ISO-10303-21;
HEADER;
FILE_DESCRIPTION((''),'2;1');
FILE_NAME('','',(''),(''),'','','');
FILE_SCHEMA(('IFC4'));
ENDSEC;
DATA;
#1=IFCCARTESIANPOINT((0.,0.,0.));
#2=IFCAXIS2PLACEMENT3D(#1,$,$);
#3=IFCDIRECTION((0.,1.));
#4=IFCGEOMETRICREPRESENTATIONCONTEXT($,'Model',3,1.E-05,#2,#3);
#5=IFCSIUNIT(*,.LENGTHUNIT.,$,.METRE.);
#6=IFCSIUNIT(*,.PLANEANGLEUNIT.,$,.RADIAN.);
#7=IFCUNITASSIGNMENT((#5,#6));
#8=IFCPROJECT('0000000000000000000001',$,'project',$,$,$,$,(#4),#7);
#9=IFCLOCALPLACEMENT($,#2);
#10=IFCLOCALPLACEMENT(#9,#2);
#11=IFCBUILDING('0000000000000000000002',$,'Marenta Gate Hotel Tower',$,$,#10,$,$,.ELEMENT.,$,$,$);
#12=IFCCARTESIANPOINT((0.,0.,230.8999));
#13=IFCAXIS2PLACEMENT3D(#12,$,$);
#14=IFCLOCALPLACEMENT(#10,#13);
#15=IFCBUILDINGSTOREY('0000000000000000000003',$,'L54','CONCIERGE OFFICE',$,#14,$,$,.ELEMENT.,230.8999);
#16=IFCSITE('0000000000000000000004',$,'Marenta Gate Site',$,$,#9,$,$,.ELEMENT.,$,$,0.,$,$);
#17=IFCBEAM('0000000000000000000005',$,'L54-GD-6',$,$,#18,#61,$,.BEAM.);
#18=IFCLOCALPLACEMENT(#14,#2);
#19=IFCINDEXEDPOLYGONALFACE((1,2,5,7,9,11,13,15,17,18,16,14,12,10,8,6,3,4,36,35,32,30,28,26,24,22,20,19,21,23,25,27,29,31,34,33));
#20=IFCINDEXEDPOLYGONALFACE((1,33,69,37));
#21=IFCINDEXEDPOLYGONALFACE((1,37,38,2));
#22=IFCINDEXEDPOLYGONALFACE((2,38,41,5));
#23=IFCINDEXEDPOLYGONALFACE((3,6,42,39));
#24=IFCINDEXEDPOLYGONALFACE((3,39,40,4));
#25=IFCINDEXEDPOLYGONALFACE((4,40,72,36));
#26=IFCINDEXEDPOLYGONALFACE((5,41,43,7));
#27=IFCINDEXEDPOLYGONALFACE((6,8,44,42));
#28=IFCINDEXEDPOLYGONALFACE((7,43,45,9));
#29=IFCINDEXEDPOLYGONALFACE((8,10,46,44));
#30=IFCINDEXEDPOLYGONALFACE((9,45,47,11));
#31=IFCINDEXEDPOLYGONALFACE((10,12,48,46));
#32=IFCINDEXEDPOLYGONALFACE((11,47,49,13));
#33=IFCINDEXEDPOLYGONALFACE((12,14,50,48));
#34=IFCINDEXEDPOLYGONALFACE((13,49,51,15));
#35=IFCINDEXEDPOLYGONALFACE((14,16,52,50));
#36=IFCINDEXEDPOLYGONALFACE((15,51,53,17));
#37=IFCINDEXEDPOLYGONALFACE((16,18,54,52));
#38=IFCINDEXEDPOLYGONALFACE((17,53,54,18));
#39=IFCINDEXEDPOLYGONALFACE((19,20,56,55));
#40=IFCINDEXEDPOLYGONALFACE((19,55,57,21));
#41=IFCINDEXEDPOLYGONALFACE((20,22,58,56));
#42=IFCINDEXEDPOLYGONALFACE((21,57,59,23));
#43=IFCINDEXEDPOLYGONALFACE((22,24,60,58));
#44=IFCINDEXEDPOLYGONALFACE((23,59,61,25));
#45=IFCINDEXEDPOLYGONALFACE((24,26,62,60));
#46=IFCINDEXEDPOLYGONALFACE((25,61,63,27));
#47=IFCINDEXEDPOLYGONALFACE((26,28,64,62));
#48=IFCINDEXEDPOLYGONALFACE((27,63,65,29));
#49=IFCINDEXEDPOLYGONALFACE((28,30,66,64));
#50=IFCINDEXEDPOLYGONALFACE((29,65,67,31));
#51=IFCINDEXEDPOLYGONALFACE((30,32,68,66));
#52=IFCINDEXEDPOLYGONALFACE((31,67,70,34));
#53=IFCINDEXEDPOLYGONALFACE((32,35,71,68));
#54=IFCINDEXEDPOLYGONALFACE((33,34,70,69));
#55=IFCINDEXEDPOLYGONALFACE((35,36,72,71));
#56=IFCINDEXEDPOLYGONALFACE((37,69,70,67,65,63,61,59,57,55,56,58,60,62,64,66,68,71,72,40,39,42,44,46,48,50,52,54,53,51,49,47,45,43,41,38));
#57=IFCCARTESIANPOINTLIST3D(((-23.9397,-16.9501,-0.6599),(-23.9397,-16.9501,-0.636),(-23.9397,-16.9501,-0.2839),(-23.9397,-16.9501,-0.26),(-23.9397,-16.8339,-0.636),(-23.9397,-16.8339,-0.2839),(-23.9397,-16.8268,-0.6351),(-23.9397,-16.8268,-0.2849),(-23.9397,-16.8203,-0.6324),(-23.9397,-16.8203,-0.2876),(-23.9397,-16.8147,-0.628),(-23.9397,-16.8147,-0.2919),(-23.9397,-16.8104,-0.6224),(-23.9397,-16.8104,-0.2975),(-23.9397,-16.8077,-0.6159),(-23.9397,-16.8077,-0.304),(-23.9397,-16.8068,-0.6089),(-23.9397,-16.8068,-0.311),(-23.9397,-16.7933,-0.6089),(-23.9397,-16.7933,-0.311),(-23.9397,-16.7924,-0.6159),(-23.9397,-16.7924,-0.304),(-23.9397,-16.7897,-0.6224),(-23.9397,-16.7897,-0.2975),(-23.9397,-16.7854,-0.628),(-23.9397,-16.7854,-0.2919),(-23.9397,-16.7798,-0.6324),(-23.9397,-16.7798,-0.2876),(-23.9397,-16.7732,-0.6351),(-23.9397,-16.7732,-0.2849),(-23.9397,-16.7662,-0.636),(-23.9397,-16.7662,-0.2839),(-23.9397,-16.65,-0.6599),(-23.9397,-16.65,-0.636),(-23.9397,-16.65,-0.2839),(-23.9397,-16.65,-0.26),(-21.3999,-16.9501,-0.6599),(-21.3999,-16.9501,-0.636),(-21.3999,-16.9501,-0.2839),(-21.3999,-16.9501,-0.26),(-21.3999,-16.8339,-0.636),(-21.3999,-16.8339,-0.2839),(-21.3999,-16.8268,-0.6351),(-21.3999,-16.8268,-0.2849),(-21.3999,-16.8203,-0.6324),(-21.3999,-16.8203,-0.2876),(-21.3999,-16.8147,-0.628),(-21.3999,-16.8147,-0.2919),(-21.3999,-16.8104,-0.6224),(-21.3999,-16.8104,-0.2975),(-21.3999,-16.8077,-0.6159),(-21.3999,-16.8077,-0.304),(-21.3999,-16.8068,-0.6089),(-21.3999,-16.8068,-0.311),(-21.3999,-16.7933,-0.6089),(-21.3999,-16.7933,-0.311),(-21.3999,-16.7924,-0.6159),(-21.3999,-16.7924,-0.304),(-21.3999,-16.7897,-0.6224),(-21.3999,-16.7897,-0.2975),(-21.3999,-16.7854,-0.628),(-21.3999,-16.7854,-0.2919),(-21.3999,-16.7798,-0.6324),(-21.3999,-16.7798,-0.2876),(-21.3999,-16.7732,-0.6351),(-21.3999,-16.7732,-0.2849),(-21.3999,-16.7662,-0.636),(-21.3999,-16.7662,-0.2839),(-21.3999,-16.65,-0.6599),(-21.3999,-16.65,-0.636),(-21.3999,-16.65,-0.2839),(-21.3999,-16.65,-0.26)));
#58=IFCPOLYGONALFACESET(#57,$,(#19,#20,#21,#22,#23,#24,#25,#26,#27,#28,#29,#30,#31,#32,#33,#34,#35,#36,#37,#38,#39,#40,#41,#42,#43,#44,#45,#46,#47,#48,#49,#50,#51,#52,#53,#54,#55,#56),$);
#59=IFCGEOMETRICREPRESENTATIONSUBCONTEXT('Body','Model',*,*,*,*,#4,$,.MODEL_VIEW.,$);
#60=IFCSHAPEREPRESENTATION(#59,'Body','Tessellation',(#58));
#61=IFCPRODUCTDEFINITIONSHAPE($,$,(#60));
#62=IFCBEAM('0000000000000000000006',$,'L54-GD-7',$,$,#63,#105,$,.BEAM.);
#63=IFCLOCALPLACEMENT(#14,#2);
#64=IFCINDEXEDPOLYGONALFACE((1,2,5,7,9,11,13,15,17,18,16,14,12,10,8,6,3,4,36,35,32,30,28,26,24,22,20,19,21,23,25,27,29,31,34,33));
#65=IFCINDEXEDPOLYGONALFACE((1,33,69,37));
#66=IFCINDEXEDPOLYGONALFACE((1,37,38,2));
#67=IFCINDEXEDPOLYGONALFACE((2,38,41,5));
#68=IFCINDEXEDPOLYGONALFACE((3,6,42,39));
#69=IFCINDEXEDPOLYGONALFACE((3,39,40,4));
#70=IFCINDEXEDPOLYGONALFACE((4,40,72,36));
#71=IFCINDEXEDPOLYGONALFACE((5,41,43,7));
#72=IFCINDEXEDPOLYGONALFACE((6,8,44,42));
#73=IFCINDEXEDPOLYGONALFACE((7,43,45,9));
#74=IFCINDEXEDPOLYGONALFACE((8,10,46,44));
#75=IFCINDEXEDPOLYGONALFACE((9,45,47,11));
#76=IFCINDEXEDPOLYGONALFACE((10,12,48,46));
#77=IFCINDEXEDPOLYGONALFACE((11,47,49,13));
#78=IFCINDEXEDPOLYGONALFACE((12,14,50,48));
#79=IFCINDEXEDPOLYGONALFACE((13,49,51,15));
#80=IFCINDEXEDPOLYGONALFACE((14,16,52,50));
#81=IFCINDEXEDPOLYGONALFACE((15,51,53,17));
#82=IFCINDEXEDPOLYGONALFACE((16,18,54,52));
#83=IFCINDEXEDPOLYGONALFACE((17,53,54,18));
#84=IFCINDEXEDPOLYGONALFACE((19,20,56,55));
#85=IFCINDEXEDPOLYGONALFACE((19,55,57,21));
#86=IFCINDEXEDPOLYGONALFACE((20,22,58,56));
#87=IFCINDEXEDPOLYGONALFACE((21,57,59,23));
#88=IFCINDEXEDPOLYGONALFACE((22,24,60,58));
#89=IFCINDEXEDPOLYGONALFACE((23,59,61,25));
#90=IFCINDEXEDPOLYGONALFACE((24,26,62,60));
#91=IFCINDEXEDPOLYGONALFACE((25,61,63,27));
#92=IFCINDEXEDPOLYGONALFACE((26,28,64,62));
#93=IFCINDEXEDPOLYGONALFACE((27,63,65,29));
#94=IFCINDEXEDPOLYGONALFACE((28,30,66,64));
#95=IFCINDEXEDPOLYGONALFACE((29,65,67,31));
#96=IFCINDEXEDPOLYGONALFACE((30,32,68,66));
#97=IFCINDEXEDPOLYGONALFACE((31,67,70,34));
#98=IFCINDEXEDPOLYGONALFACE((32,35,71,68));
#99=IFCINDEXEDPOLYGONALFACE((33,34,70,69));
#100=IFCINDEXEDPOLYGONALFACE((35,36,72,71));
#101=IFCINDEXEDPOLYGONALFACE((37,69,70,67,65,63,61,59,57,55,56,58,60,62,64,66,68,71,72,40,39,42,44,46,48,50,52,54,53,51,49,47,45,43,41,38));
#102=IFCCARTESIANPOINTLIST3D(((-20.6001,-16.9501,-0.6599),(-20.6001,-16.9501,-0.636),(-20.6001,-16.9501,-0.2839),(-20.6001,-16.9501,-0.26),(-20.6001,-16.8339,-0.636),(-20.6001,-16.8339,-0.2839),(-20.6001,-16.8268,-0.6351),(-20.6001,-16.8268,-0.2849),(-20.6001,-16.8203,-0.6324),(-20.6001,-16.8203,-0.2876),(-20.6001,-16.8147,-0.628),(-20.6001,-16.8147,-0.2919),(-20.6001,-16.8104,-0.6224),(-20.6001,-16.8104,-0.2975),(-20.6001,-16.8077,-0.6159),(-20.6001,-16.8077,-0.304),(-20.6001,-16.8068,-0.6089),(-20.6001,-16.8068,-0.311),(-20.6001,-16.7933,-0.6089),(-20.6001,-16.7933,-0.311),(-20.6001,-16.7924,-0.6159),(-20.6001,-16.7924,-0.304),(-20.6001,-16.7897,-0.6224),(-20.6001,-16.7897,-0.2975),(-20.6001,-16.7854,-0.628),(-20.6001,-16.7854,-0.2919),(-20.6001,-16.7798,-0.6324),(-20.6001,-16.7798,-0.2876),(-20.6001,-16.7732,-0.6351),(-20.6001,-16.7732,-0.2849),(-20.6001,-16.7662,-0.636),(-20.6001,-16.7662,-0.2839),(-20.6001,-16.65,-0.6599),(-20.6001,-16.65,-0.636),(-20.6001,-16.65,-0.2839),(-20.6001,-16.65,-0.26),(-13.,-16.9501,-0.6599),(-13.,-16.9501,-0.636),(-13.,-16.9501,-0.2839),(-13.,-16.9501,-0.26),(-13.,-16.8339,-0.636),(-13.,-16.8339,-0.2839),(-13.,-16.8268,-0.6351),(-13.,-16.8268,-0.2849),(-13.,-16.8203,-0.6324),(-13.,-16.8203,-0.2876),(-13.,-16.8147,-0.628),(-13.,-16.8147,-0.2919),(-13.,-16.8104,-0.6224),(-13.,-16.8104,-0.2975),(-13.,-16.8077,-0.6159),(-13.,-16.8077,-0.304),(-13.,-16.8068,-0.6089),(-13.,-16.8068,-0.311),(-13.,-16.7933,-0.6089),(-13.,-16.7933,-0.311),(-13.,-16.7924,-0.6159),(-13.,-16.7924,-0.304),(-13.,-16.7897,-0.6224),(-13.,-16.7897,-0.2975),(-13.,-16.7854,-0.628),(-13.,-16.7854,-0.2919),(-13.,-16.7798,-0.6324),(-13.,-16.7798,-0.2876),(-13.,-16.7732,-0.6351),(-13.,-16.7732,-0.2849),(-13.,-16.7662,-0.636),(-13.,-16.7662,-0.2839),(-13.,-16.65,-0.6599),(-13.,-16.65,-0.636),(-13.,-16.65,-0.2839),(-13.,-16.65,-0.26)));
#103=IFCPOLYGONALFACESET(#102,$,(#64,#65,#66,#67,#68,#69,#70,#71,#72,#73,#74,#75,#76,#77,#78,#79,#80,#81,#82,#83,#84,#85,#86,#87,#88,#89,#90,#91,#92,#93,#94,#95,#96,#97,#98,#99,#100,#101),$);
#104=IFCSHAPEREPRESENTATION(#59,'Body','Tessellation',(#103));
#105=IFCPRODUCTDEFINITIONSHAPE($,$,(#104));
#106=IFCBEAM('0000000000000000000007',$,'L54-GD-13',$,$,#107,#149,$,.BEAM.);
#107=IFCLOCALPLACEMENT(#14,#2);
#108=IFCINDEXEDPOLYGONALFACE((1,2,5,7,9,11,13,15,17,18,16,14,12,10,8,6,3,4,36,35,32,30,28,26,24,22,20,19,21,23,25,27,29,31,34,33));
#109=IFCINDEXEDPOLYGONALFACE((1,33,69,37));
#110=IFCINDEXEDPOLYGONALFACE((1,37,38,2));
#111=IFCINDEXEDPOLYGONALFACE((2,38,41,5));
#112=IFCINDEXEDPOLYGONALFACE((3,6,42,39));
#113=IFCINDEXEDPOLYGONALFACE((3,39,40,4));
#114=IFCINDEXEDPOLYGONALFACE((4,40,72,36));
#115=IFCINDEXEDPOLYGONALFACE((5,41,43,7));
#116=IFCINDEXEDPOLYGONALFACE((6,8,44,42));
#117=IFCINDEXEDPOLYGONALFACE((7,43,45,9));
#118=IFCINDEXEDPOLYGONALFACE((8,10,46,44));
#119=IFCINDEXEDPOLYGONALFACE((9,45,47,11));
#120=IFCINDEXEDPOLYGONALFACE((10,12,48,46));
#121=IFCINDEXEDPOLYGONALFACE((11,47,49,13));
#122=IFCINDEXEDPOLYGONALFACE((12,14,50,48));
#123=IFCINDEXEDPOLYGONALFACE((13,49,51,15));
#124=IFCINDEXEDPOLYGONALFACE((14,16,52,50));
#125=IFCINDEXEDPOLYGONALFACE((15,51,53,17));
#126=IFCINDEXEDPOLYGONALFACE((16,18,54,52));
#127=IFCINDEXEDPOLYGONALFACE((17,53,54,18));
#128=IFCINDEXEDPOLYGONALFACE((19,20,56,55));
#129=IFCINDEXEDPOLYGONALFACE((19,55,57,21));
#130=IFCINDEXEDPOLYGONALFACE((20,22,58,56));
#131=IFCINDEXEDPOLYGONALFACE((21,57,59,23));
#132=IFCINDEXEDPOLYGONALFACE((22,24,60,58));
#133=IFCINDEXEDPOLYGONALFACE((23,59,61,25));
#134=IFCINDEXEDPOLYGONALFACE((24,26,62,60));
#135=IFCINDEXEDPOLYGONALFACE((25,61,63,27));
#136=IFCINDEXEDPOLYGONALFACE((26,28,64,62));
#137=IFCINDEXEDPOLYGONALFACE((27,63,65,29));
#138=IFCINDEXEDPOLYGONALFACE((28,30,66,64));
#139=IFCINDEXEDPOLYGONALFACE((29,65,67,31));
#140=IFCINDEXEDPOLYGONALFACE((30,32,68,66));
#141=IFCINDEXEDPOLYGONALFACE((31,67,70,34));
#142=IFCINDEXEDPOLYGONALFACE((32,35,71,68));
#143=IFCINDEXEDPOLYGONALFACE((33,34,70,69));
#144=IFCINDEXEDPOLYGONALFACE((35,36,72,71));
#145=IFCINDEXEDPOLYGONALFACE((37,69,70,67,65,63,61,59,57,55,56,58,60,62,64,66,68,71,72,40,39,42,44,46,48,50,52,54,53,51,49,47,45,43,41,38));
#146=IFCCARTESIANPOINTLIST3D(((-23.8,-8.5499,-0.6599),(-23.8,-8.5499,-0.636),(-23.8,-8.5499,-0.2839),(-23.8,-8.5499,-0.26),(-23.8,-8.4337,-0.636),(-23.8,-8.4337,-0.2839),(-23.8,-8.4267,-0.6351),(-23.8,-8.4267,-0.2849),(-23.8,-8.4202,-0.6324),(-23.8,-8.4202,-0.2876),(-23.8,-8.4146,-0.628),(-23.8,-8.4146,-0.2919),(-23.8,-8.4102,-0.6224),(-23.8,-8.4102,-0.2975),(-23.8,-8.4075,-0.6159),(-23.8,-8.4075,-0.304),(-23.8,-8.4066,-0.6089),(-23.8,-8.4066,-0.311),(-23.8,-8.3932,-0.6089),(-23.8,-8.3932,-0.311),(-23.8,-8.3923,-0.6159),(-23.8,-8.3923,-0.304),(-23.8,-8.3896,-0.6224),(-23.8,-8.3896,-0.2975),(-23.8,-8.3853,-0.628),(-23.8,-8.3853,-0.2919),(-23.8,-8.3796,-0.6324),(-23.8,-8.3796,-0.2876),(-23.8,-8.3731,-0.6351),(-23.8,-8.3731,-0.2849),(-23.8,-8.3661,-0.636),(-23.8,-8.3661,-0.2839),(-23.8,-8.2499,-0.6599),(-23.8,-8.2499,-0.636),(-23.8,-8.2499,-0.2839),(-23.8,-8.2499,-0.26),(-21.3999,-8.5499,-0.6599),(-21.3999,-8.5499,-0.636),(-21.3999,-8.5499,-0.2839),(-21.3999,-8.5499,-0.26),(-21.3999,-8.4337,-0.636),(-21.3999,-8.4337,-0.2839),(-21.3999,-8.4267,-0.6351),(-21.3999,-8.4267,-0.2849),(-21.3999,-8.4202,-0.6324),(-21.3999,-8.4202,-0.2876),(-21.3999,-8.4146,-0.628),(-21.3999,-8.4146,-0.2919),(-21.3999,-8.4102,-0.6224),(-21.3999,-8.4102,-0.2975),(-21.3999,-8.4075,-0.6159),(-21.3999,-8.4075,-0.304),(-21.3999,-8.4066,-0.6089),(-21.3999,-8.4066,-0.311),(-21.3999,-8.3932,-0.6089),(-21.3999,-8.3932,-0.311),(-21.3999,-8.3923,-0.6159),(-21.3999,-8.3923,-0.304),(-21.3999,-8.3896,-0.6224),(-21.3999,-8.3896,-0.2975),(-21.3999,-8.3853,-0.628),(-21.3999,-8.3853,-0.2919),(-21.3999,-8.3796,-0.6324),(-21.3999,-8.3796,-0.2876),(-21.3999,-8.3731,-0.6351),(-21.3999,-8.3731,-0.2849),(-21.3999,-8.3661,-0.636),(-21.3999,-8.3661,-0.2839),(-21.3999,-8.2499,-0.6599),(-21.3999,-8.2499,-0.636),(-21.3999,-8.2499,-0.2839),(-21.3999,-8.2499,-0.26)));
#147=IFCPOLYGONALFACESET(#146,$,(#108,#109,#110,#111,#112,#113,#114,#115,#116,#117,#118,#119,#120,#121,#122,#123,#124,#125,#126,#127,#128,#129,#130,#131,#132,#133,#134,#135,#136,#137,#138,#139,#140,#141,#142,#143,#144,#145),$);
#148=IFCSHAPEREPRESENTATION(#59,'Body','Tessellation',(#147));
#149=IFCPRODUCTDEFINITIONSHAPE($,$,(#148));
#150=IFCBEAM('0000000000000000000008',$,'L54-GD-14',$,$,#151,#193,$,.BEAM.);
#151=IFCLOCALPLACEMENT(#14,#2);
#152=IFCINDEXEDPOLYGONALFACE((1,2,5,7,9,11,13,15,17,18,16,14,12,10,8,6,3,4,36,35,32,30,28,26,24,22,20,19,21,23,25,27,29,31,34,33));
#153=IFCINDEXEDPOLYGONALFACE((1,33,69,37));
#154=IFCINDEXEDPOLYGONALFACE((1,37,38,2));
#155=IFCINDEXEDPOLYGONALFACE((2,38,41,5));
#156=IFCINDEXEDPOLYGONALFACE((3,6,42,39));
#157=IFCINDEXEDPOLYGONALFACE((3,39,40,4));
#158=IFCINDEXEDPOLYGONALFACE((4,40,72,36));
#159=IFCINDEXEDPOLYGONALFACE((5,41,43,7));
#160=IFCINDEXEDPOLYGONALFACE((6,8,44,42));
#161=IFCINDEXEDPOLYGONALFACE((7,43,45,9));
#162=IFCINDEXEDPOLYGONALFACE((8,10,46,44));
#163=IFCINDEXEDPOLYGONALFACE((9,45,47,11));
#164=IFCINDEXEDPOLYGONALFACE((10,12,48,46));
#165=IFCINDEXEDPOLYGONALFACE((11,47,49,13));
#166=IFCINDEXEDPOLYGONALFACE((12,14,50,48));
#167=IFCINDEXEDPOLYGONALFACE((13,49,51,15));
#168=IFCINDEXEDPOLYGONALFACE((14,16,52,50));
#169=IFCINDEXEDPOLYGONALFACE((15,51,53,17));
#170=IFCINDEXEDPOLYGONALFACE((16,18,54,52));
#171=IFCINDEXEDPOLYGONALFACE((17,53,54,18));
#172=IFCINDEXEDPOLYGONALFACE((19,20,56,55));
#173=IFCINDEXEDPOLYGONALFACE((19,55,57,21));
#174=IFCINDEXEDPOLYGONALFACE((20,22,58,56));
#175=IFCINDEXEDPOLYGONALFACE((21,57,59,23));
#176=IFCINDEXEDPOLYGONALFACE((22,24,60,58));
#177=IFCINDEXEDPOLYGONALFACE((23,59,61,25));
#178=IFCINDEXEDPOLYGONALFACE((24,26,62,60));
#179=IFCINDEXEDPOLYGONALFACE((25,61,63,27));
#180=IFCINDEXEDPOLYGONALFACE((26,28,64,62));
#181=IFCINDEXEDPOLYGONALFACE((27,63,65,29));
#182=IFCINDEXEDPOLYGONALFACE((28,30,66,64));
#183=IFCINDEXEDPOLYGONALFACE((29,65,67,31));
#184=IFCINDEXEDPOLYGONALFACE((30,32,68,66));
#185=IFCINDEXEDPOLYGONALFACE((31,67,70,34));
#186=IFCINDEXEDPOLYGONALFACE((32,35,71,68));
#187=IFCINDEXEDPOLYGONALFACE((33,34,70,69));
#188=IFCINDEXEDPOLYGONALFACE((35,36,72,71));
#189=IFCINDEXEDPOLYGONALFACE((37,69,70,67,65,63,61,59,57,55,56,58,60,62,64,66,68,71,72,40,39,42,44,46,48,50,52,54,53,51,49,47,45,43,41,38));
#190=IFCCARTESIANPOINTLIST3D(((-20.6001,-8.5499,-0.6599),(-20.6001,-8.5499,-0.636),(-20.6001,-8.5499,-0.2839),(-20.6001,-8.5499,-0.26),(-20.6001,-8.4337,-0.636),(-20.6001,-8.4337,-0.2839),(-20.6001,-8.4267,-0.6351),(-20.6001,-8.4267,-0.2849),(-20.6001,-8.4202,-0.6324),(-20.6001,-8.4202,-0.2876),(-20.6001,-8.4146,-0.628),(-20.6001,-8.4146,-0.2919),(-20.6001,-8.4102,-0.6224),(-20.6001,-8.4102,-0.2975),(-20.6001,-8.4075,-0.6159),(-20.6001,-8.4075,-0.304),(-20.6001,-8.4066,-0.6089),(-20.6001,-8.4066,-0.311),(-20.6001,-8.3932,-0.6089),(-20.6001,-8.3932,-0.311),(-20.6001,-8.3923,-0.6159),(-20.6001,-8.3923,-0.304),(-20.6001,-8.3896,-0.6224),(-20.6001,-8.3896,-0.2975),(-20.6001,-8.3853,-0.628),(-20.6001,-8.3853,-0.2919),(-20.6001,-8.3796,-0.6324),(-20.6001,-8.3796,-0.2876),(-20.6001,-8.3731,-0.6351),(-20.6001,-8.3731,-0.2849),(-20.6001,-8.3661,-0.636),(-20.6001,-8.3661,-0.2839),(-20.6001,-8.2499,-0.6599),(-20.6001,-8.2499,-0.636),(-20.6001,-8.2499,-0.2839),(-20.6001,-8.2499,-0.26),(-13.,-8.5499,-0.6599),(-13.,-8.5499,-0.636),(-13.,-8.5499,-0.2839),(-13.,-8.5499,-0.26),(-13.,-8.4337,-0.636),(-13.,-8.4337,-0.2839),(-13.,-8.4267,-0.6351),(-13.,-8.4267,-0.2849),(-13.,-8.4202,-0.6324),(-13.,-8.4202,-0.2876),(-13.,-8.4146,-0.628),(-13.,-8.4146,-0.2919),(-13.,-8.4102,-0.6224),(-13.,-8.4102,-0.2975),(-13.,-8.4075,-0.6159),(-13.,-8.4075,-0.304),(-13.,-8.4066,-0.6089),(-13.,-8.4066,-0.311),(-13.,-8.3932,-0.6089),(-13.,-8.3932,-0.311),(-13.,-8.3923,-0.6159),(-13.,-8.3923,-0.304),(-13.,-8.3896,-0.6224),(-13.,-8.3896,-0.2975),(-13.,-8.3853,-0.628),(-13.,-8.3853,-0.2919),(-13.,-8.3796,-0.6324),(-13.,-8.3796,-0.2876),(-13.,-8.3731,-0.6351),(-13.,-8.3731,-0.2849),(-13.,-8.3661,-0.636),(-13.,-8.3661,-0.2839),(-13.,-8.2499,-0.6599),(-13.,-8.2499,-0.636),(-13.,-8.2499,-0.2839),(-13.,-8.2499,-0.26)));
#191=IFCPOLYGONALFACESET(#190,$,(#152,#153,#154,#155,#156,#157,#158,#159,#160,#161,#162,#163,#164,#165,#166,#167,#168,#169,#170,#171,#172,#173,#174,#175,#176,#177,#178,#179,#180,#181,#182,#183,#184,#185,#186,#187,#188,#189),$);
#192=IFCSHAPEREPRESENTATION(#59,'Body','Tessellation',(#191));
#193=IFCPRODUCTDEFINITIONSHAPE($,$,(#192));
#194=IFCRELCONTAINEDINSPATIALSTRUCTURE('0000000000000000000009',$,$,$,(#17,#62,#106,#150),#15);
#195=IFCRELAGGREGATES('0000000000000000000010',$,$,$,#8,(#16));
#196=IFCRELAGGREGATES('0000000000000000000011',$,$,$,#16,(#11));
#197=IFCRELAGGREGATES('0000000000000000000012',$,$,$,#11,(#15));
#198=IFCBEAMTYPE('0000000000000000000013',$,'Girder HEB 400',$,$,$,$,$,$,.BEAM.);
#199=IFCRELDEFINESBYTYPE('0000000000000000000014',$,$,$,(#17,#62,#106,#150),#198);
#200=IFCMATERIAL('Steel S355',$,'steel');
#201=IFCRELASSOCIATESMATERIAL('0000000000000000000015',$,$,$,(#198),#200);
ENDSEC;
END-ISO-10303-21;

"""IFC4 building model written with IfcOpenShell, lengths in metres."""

from ifc_helpers import new_model, si_unit, direction, frame, origin, origin_2d, place, context, subcontext, project, spatial, i_section, extrude, material, material_profile, profile_set, type_object, element, save


model = new_model("IFC4")

# Units and contexts
model_context = context("Model", 3, precision=1e-05, world=origin(), true_north=direction((0.0, 1.0)))
body_context = subcontext(model_context, "Body", "Model", "MODEL_VIEW")
ifc_project = project(units=[si_unit("LENGTHUNIT", "METRE"), si_unit("PLANEANGLEUNIT", "RADIAN")], contexts=[model_context])

# Site, building, storey
site_placement = place(None, origin())
site = spatial("IfcSite", under=ifc_project, at=site_placement, Name="Marenta Gate Site", CompositionType="ELEMENT", RefElevation=0.0)
building_placement = place(site_placement, origin())
building = spatial("IfcBuilding", under=site, at=building_placement, Name="Marenta Gate Hotel Tower", CompositionType="ELEMENT")
storey_placement = place(building_placement, frame((0.0, 0.0, 230.8999)))
storey = spatial("IfcBuildingStorey", under=building, at=storey_placement, Name="L54", Description="CONCIERGE OFFICE", CompositionType="ELEMENT", Elevation=230.8999)

# Beams
ifc_material_1 = material(Name="Steel S355", Category="steel")
ifc_material_profile_1 = material_profile(ifc_material_1, i_section(OverallWidth=0.3, OverallDepth=0.3999, WebThickness=0.0134, FlangeThickness=0.0239, FilletRadius=0.0271, at=origin_2d()), Name="HEB 400")
ifc_profile_set_1 = profile_set([ifc_material_profile_1], Name="Steel S355")
beam_type_1 = type_object("IfcBeamType", Name="Girder HEB 400", PredefinedType="BEAM", material=ifc_profile_set_1)
beam_1_placement = place(storey_placement, frame((-23.9397, -16.8, -0.46), z_axis=(1.0, 0.0, 0.0), x_axis=(0.0, 1.0, 0.0)))
element("IfcBeam", 1, at=beam_1_placement, inside=storey, type_object=beam_type_1, Name="L54-GD-6", PredefinedType="BEAM", context=body_context, shape_type="SweptSolid", body=[
    extrude(i_section(OverallWidth=0.3, OverallDepth=0.3999, WebThickness=0.0134, FlangeThickness=0.0239, FilletRadius=0.0271, at=origin_2d()), origin(), (0.0, 0.0, 1.0), 2.5398),
])
beam_2_placement = place(storey_placement, frame((-20.6001, -16.8, -0.46), z_axis=(1.0, 0.0, 0.0), x_axis=(0.0, 1.0, 0.0)))
element("IfcBeam", 2, at=beam_2_placement, inside=storey, type_object=beam_type_1, Name="L54-GD-7", PredefinedType="BEAM", context=body_context, shape_type="SweptSolid", body=[
    extrude(i_section(OverallWidth=0.3, OverallDepth=0.3999, WebThickness=0.0134, FlangeThickness=0.0239, FilletRadius=0.0271, at=origin_2d()), origin(), (0.0, 0.0, 1.0), 7.6001),
])
beam_3_placement = place(storey_placement, frame((-23.8, -8.3999, -0.46), z_axis=(1.0, 0.0, 0.0), x_axis=(0.0, 1.0, 0.0)))
element("IfcBeam", 3, at=beam_3_placement, inside=storey, type_object=beam_type_1, Name="L54-GD-13", PredefinedType="BEAM", context=body_context, shape_type="SweptSolid", body=[
    extrude(i_section(OverallWidth=0.3, OverallDepth=0.3999, WebThickness=0.0134, FlangeThickness=0.0239, FilletRadius=0.0271, at=origin_2d()), origin(), (0.0, 0.0, 1.0), 2.4001),
])
beam_4_placement = place(storey_placement, frame((-20.6001, -8.3999, -0.46), z_axis=(1.0, 0.0, 0.0), x_axis=(0.0, 1.0, 0.0)))
element("IfcBeam", 4, at=beam_4_placement, inside=storey, type_object=beam_type_1, Name="L54-GD-14", PredefinedType="BEAM", context=body_context, shape_type="SweptSolid", body=[
    extrude(i_section(OverallWidth=0.3, OverallDepth=0.3999, WebThickness=0.0134, FlangeThickness=0.0239, FilletRadius=0.0271, at=origin_2d()), origin(), (0.0, 0.0, 1.0), 7.6001),
])

save(model, "model.ifc")
